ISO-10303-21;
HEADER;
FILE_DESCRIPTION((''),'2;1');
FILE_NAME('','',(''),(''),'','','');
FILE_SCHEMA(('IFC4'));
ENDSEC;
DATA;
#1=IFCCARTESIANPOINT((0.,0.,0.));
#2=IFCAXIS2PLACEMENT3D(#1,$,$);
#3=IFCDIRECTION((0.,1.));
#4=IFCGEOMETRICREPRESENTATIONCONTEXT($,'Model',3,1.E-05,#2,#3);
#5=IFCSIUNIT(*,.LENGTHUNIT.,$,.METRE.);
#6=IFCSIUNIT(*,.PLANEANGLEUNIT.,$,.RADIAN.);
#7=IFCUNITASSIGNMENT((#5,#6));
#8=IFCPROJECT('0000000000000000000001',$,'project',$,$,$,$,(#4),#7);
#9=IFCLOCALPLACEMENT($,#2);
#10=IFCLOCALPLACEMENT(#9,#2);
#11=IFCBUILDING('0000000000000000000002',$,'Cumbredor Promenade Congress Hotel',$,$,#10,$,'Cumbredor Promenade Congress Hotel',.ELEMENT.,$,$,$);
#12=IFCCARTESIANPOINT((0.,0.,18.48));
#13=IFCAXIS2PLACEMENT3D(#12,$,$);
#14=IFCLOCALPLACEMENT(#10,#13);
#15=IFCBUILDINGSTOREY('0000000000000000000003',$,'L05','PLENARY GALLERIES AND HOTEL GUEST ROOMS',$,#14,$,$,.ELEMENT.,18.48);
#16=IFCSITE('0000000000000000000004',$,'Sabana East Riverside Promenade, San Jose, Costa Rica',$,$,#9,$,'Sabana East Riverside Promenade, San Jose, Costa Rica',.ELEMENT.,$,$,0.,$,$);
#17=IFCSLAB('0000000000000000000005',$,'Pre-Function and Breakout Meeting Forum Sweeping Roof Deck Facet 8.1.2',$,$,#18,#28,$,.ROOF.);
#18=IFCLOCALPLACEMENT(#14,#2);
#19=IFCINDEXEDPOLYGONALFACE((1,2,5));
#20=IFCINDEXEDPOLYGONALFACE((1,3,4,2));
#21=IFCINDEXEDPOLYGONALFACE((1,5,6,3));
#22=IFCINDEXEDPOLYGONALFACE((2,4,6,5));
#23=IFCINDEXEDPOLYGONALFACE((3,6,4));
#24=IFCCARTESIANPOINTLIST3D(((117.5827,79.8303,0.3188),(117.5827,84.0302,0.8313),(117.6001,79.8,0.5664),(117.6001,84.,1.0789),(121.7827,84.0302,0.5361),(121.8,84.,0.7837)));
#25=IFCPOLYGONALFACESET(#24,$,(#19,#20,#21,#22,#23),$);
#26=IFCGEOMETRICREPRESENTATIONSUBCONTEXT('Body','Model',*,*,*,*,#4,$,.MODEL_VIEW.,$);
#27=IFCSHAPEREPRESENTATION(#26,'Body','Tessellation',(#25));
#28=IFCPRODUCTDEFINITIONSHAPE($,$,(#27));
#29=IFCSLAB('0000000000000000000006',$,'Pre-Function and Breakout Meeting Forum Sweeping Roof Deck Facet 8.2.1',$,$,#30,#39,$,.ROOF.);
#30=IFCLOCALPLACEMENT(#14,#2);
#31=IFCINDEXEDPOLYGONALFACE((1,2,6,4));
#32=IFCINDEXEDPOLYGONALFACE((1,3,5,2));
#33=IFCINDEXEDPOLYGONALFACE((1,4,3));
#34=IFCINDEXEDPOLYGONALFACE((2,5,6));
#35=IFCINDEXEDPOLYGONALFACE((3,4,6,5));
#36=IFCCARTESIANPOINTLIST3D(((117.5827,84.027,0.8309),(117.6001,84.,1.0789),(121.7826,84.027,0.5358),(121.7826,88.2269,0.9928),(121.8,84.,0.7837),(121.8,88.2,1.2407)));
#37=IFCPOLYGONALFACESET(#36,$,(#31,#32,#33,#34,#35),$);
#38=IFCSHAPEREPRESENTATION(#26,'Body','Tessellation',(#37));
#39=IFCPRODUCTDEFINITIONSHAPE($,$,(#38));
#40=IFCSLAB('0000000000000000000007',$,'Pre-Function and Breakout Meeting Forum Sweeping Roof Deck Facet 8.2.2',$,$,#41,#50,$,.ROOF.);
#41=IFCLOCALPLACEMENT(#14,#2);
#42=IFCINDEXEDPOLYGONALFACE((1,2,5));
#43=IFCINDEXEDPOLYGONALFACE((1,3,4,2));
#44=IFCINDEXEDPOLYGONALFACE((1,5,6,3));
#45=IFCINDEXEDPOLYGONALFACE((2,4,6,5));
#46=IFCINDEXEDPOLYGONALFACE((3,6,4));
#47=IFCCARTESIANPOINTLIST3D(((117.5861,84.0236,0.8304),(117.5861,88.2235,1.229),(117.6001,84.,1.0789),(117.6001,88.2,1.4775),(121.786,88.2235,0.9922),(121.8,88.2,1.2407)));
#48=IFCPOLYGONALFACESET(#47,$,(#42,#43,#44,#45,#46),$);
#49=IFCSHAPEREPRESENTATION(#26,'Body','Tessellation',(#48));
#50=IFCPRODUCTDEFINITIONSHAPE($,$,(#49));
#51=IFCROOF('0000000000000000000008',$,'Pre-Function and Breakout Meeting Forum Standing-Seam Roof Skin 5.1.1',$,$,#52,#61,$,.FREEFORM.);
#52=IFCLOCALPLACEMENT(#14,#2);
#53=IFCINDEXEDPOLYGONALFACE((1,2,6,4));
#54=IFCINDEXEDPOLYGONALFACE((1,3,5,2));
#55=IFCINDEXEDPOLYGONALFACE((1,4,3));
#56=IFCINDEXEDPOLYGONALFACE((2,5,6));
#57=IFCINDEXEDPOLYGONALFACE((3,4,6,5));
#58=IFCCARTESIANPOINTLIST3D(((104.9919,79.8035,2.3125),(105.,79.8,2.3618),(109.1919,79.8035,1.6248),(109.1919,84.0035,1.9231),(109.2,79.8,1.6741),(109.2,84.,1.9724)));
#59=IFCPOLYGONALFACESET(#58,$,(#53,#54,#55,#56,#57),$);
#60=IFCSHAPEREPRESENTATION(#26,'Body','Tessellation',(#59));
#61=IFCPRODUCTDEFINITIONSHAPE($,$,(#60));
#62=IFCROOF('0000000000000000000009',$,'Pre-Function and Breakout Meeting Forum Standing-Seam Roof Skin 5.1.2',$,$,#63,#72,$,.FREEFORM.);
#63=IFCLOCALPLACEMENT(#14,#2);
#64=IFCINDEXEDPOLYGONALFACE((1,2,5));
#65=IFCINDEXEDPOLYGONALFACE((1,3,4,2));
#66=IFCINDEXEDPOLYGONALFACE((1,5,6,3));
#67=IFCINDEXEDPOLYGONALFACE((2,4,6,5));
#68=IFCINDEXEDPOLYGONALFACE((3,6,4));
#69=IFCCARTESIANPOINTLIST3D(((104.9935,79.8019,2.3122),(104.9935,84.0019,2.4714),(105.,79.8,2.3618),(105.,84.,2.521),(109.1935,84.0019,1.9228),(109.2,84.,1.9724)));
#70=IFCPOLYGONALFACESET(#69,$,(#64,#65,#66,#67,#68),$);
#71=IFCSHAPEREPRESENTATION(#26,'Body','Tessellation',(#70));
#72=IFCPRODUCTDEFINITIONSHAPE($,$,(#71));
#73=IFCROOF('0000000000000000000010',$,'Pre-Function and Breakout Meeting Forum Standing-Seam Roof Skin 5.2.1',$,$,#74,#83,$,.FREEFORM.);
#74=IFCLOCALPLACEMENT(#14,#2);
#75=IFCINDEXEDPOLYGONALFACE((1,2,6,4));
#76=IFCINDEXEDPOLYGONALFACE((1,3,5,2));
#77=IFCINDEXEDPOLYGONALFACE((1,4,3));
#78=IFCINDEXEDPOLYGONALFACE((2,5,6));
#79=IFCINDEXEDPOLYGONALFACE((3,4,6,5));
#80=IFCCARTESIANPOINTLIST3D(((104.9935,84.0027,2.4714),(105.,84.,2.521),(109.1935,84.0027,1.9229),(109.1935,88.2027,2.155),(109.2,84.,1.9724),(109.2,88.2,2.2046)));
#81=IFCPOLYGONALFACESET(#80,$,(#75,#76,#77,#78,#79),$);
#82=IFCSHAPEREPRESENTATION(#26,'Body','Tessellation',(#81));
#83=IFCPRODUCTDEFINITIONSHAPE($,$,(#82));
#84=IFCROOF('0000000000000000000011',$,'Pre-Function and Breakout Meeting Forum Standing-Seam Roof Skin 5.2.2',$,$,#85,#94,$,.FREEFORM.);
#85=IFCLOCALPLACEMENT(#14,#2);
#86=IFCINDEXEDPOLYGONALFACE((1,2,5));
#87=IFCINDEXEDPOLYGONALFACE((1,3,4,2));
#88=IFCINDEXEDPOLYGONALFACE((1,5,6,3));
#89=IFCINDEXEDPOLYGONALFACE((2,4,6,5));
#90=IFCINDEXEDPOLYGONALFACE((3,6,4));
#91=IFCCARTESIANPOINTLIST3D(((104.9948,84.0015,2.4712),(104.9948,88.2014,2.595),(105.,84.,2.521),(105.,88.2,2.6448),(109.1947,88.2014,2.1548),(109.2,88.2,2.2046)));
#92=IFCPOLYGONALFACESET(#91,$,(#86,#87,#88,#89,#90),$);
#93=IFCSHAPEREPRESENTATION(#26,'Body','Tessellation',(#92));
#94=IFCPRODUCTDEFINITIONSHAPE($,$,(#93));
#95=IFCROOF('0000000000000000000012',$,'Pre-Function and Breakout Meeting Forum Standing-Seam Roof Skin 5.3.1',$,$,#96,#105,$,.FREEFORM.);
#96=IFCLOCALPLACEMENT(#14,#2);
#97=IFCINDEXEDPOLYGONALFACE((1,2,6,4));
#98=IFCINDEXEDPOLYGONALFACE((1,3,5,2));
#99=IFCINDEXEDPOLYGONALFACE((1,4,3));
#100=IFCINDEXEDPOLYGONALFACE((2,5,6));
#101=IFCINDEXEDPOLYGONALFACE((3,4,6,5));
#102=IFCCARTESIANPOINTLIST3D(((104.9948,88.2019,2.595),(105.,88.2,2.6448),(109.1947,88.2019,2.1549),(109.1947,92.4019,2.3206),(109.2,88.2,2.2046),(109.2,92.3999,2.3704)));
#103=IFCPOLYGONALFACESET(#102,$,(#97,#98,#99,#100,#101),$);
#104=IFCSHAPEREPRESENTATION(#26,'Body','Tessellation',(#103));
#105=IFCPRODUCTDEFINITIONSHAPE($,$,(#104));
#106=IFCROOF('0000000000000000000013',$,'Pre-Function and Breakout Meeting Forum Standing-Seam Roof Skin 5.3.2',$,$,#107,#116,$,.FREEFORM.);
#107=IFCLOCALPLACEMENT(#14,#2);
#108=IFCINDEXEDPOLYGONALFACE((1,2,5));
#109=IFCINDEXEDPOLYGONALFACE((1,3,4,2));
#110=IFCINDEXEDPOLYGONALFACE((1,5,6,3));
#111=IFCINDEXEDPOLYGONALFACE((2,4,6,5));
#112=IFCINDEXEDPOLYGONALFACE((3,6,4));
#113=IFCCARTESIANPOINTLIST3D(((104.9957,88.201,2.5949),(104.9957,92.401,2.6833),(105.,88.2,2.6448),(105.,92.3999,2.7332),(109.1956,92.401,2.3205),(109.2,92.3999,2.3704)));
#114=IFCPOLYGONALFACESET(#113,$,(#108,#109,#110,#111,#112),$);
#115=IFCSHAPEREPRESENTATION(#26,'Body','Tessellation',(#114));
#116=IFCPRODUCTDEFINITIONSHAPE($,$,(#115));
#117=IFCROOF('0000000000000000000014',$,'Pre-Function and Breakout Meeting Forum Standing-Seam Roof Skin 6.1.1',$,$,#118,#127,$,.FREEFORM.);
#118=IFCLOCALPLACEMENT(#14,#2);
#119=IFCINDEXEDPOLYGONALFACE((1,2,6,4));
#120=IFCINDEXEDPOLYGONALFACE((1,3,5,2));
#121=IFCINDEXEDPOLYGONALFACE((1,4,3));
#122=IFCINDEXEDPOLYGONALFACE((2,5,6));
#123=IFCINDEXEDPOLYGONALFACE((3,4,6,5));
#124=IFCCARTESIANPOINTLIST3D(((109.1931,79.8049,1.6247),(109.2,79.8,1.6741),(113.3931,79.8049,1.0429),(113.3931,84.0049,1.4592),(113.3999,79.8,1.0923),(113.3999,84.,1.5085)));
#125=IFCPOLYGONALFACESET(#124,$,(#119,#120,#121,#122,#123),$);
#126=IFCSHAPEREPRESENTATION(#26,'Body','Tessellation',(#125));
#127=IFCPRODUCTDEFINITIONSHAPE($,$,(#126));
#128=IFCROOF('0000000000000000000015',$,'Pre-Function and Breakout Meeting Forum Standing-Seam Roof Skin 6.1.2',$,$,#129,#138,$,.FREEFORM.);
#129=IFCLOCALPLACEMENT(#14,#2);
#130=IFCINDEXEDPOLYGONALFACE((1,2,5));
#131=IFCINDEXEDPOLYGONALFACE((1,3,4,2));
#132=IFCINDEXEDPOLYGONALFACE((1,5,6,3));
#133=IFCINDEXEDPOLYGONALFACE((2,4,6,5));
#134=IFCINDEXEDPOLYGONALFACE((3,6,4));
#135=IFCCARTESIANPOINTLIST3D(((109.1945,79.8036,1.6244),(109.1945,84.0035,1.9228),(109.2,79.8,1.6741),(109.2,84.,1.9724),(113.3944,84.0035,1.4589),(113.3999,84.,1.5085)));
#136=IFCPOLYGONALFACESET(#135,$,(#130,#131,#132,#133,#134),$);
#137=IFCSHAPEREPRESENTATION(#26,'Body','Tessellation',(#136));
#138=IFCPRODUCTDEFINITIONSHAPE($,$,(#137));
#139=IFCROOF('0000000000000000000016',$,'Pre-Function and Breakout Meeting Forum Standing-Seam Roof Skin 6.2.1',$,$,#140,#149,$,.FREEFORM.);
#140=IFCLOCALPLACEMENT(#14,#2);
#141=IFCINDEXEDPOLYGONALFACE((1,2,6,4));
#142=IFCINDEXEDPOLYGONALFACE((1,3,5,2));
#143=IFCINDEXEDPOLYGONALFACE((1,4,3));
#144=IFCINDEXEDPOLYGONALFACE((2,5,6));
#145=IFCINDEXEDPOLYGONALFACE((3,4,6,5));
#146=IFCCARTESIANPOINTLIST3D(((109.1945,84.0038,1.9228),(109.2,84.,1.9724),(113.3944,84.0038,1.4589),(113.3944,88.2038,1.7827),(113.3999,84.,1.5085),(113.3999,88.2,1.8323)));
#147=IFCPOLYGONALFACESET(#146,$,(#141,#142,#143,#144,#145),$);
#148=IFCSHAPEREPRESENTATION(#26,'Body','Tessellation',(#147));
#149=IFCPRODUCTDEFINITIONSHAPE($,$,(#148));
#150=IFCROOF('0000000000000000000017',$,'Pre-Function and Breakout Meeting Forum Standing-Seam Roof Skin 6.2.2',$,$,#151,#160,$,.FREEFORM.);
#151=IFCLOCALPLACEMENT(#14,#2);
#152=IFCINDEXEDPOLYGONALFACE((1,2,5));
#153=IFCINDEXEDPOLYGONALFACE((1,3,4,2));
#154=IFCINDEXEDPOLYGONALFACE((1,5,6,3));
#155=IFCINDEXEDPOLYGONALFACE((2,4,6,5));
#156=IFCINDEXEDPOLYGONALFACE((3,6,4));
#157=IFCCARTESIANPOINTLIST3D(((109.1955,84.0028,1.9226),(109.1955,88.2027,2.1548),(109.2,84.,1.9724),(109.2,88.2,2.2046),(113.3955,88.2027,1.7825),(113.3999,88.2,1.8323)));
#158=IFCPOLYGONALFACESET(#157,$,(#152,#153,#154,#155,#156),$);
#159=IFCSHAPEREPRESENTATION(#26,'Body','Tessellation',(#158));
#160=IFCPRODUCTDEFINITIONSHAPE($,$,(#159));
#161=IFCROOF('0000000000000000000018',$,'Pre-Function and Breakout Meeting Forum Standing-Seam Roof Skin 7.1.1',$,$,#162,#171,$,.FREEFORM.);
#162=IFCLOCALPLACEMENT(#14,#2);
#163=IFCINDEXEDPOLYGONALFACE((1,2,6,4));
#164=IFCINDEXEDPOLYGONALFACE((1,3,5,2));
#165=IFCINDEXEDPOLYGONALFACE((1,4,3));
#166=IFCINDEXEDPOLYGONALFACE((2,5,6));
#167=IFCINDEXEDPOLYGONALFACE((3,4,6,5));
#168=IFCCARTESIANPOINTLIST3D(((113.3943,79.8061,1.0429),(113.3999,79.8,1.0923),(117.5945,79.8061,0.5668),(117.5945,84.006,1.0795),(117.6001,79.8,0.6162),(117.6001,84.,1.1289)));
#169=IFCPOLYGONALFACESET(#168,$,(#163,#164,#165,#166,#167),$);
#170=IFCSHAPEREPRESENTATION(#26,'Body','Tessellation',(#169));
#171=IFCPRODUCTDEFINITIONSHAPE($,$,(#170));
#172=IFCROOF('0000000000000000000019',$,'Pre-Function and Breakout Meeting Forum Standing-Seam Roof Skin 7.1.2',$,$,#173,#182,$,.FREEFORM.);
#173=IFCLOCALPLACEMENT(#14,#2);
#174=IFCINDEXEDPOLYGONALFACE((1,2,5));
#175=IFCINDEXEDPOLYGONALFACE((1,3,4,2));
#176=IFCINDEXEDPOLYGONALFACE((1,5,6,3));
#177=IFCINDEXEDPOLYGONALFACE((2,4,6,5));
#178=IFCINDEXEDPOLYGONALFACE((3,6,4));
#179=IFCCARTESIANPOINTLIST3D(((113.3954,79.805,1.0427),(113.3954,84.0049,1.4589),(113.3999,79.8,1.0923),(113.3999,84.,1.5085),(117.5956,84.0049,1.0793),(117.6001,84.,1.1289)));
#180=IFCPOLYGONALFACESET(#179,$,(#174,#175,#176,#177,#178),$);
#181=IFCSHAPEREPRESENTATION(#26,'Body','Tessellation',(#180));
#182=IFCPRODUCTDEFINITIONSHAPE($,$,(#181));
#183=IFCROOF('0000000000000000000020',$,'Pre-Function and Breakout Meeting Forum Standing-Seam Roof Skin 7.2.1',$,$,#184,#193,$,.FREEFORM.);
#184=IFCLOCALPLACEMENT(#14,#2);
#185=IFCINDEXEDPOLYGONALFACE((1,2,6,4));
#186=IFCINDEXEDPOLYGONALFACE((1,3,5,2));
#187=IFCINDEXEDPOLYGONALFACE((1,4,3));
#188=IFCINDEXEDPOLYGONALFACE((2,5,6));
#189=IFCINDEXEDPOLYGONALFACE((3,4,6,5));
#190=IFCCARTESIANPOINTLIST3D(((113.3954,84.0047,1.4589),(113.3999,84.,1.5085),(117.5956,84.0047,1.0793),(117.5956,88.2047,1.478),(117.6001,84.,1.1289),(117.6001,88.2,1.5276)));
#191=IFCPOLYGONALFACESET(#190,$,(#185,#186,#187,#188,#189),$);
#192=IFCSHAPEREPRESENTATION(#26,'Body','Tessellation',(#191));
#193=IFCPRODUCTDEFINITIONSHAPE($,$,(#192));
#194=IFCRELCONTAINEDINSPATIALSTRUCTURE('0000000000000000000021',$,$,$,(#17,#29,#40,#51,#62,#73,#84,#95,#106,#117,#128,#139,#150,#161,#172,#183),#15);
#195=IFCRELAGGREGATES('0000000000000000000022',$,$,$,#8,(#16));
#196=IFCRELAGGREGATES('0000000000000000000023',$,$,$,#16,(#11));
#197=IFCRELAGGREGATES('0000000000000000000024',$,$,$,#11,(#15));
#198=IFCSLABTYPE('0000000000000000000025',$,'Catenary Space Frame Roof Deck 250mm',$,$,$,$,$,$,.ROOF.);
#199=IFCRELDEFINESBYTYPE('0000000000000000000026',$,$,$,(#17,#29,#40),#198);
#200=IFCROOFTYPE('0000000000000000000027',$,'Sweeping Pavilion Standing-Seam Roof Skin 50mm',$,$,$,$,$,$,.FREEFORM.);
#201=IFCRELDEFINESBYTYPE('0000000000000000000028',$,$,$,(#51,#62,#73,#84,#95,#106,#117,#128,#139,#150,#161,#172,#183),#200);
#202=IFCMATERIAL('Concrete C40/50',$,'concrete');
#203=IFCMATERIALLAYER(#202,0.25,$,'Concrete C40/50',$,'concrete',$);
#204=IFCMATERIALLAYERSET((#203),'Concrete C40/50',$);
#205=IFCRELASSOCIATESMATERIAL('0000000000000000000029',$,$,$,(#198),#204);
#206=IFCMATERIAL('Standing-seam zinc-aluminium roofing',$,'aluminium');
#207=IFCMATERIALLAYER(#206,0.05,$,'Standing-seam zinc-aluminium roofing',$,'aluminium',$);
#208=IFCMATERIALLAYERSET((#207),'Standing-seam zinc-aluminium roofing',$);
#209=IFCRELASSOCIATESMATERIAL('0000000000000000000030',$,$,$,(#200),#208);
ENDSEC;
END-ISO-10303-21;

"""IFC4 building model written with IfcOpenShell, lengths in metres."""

from ifc_helpers import new_model, si_unit, direction, frame, origin, place, context, subcontext, project, spatial, polyline, outline, extrude, material, layer, layer_set, type_object, element, save


model = new_model("IFC4")

# Units and contexts
model_context = context("Model", 3, precision=1e-05, world=origin(), true_north=direction((0.0, 1.0)))
body_context = subcontext(model_context, "Body", "Model", "MODEL_VIEW")
ifc_project = project(units=[si_unit("LENGTHUNIT", "METRE"), si_unit("PLANEANGLEUNIT", "RADIAN")], contexts=[model_context])

# Site, building, storey
site_placement = place(None, origin())
site = spatial("IfcSite", under=ifc_project, at=site_placement, Name="Sabana East Riverside Promenade, San Jose, Costa Rica", LongName="Sabana East Riverside Promenade, San Jose, Costa Rica", CompositionType="ELEMENT", RefElevation=0.0)
building_placement = place(site_placement, origin())
building = spatial("IfcBuilding", under=site, at=building_placement, Name="Cumbredor Promenade Congress Hotel", LongName="Cumbredor Promenade Congress Hotel", CompositionType="ELEMENT")
storey_placement = place(building_placement, frame((0.0, 0.0, 18.48)))
storey = spatial("IfcBuildingStorey", under=building, at=storey_placement, Name="L05", Description="PLENARY GALLERIES AND HOTEL GUEST ROOMS", CompositionType="ELEMENT", Elevation=18.48)

# Slabs
ifc_material_1 = material(Name="Concrete C40/50", Category="concrete")
ifc_layer_1 = layer(ifc_material_1, 0.25, Name="Concrete C40/50", Category="concrete")
ifc_layer_set_1 = layer_set([ifc_layer_1], Name="Concrete C40/50")
slab_type = type_object("IfcSlabType", Name="Catenary Space Frame Roof Deck 250mm", PredefinedType="ROOF", material=ifc_layer_set_1)
slab_1_placement = place(storey_placement, frame((117.6001, 79.8, 0.5664), z_axis=(0.069592, -0.120822, 0.990232), x_axis=(0.706634, 0.706634, 0.036558)))
element("IfcSlab", 1, at=slab_1_placement, inside=storey, type_object=slab_type, Name="Pre-Function and Breakout Meeting Forum Sweeping Roof Deck Facet 8.1.2", PredefinedType="ROOF", context=body_context, shape_type="SweptSolid", body=[
    extrude(outline(polyline([(0.0, 0.0), (5.9436, 0.0), (2.9866, 2.9971), (0.0, 0.0)])), origin(), (0.0, 0.0, -1.0), 0.25),
])
slab_2_placement = place(storey_placement, frame((117.6001, 84.0, 1.0789), z_axis=(0.069696, -0.107917, 0.991714), x_axis=(0.99754, 0.0, -0.070106)))
element("IfcSlab", 2, at=slab_2_placement, inside=storey, type_object=slab_type, Name="Pre-Function and Breakout Meeting Forum Sweeping Roof Deck Facet 8.2.1", PredefinedType="ROOF", context=body_context, shape_type="SweptSolid", body=[
    extrude(outline(polyline([(0.0, 0.0), (4.2103, 0.0), (4.1783, 4.2246), (0.0, 0.0)])), origin(), (0.0, 0.0, -1.0), 0.25),
])
slab_3_placement = place(storey_placement, frame((117.6001, 84.0, 1.0789), z_axis=(0.056045, -0.094352, 0.99396), x_axis=(0.706844, 0.706844, 0.027242)))
element("IfcSlab", 3, at=slab_3_placement, inside=storey, type_object=slab_type, Name="Pre-Function and Breakout Meeting Forum Sweeping Roof Deck Facet 8.2.2", PredefinedType="ROOF", context=body_context, shape_type="SweptSolid", body=[
    extrude(outline(polyline([(0.0, 0.0), (5.9418, 0.0), (2.9796, 2.9868), (0.0, 0.0)])), origin(), (0.0, 0.0, -1.0), 0.25),
])

# Roofs
ifc_material_2 = material(Name="Standing-seam zinc-aluminium roofing", Category="aluminium")
ifc_layer_2 = layer(ifc_material_2, 0.05, Name="Standing-seam zinc-aluminium roofing", Category="aluminium")
ifc_layer_set_2 = layer_set([ifc_layer_2], Name="Standing-seam zinc-aluminium roofing")
roof_type = type_object("IfcRoofType", Name="Sweeping Pavilion Standing-Seam Roof Skin 50mm", PredefinedType="FREEFORM", material=ifc_layer_set_2)
roof_1_placement = place(storey_placement, frame((105.0, 79.8, 2.3618), z_axis=(0.161203, -0.069929, 0.984441), x_axis=(0.986857, 0.0, -0.161598)))
element("IfcRoof", 4, at=roof_1_placement, inside=storey, type_object=roof_type, Name="Pre-Function and Breakout Meeting Forum Standing-Seam Roof Skin 5.1.1", PredefinedType="FREEFORM", context=body_context, shape_type="SweptSolid", body=[
    extrude(outline(polyline([(0.0, 0.0), (4.2559, 0.0), (4.2077, 4.2103), (0.0, 0.0)])), origin(), (0.0, 0.0, -1.0), 0.05),
])
roof_2_placement = place(storey_placement, frame((105.0, 79.8, 2.3618), z_axis=(0.129425, -0.037555, 0.990878), x_axis=(0.705592, 0.705592, -0.06542)))
element("IfcRoof", 5, at=roof_2_placement, inside=storey, type_object=roof_type, Name="Pre-Function and Breakout Meeting Forum Standing-Seam Roof Skin 5.1.2", PredefinedType="FREEFORM", context=body_context, shape_type="SweptSolid", body=[
    extrude(outline(polyline([(0.0, 0.0), (5.9524, 0.0), (2.953, 2.9907), (0.0, 0.0)])), origin(), (0.0, 0.0, -1.0), 0.05),
])
roof_3_placement = place(storey_placement, frame((105.0, 84.0, 2.521), z_axis=(0.129322, -0.054733, 0.990091), x_axis=(0.991577, 0.0, -0.129517)))
element("IfcRoof", 6, at=roof_3_placement, inside=storey, type_object=roof_type, Name="Pre-Function and Breakout Meeting Forum Standing-Seam Roof Skin 5.2.1", PredefinedType="FREEFORM", context=body_context, shape_type="SweptSolid", body=[
    extrude(outline(polyline([(0.0, 0.0), (4.2356, 0.0), (4.2056, 4.2063), (0.0, 0.0)])), origin(), (0.0, 0.0, -1.0), 0.05),
])
roof_4_placement = place(storey_placement, frame((105.0, 84.0, 2.521), z_axis=(0.104192, -0.029298, 0.994126), x_axis=(0.706106, 0.706106, -0.053195)))
element("IfcRoof", 7, at=roof_4_placement, inside=storey, type_object=roof_type, Name="Pre-Function and Breakout Meeting Forum Standing-Seam Roof Skin 5.2.2", PredefinedType="FREEFORM", context=body_context, shape_type="SweptSolid", body=[
    extrude(outline(polyline([(0.0, 0.0), (5.948, 0.0), (2.959, 2.9831), (0.0, 0.0)])), origin(), (0.0, 0.0, -1.0), 0.05),
])
roof_5_placement = place(storey_placement, frame((105.0, 88.2, 2.6448), z_axis=(0.104156, -0.039225, 0.993787), x_axis=(0.994553, 0.0, -0.104236)))
element("IfcRoof", 8, at=roof_5_placement, inside=storey, type_object=roof_type, Name="Pre-Function and Breakout Meeting Forum Standing-Seam Roof Skin 5.3.1", PredefinedType="FREEFORM", context=body_context, shape_type="SweptSolid", body=[
    extrude(outline(polyline([(0.0, 0.0), (4.223, 0.0), (4.2057, 4.2032), (0.0, 0.0)])), origin(), (0.0, 0.0, -1.0), 0.05),
])
roof_6_placement = place(storey_placement, frame((105.0, 88.2, 2.6448), z_axis=(0.086041, -0.02096, 0.996071), x_axis=(0.706353, 0.706353, -0.046151)))
element("IfcRoof", 9, at=roof_6_placement, inside=storey, type_object=roof_type, Name="Pre-Function and Breakout Meeting Forum Standing-Seam Roof Skin 5.3.2", PredefinedType="FREEFORM", context=body_context, shape_type="SweptSolid", body=[
    extrude(outline(polyline([(0.0, 0.0), (5.946, 0.0), (2.9626, 2.9784), (0.0, 0.0)])), origin(), (0.0, 0.0, -1.0), 0.05),
])
roof_7_placement = place(storey_placement, frame((109.2, 79.8, 1.6741), z_axis=(0.136556, -0.097703, 0.985803), x_axis=(0.990542, 0.0, -0.137212)))
element("IfcRoof", 10, at=roof_7_placement, inside=storey, type_object=roof_type, Name="Pre-Function and Breakout Meeting Forum Standing-Seam Roof Skin 6.1.1", PredefinedType="FREEFORM", context=body_context, shape_type="SweptSolid", body=[
    extrude(outline(polyline([(0.0, 0.0), (4.2401, 0.0), (4.1829, 4.2201), (0.0, 0.0)])), origin(), (0.0, 0.0, -1.0), 0.05),
])
roof_8_placement = place(storey_placement, frame((109.2, 79.8, 1.6741), z_axis=(0.109506, -0.070429, 0.991488), x_axis=(0.706832, 0.706832, -0.027857)))
element("IfcRoof", 11, at=roof_8_placement, inside=storey, type_object=roof_type, Name="Pre-Function and Breakout Meeting Forum Standing-Seam Roof Skin 6.1.2", PredefinedType="FREEFORM", context=body_context, shape_type="SweptSolid", body=[
    extrude(outline(polyline([(0.0, 0.0), (5.9419, 0.0), (2.9604, 2.9941), (0.0, 0.0)])), origin(), (0.0, 0.0, -1.0), 0.05),
])
roof_9_placement = place(storey_placement, frame((109.2, 84.0, 1.9724), z_axis=(0.109458, -0.07639, 0.991052), x_axis=(0.993956, 0.0, -0.109778)))
element("IfcRoof", 12, at=roof_9_placement, inside=storey, type_object=roof_type, Name="Pre-Function and Breakout Meeting Forum Standing-Seam Roof Skin 6.2.1", PredefinedType="FREEFORM", context=body_context, shape_type="SweptSolid", body=[
    extrude(outline(polyline([(0.0, 0.0), (4.2255, 0.0), (4.19, 4.2123), (0.0, 0.0)])), origin(), (0.0, 0.0, -1.0), 0.05),
])
roof_10_placement = place(storey_placement, frame((109.2, 84.0, 1.9724), z_axis=(0.088167, -0.054982, 0.994587), x_axis=(0.70691, 0.70691, -0.023587)))
element("IfcRoof", 13, at=roof_10_placement, inside=storey, type_object=roof_type, Name="Pre-Function and Breakout Meeting Forum Standing-Seam Roof Skin 6.2.2", PredefinedType="FREEFORM", context=body_context, shape_type="SweptSolid", body=[
    extrude(outline(polyline([(0.0, 0.0), (5.9413, 0.0), (2.9635, 2.9851), (0.0, 0.0)])), origin(), (0.0, 0.0, -1.0), 0.05),
])
roof_11_placement = place(storey_placement, frame((113.3999, 79.8, 1.0923), z_axis=(0.111805, -0.120413, 0.986408), x_axis=(0.993638, 0.0, -0.112625)))
element("IfcRoof", 14, at=roof_11_placement, inside=storey, type_object=roof_type, Name="Pre-Function and Breakout Meeting Forum Standing-Seam Roof Skin 7.1.1", PredefinedType="FREEFORM", context=body_context, shape_type="SweptSolid", body=[
    extrude(outline(polyline([(0.0, 0.0), (4.2271, 0.0), (4.1693, 4.2307), (0.0, 0.0)])), origin(), (0.0, 0.0, -1.0), 0.05),
])
roof_12_placement = place(storey_placement, frame((113.3999, 79.8, 1.0923), z_axis=(0.089584, -0.098231, 0.991123), x_axis=(0.707114, 0.707073, 0.006165)))
element("IfcRoof", 15, at=roof_12_placement, inside=storey, type_object=roof_type, Name="Pre-Function and Breakout Meeting Forum Standing-Seam Roof Skin 7.1.2", PredefinedType="FREEFORM", context=body_context, shape_type="SweptSolid", body=[
    extrude(outline(polyline([(0.0, 0.0), (5.9399, 0.0), (2.9722, 2.9964), (0.0, 0.0)])), origin(), (0.0, 0.0, -1.0), 0.05),
])
roof_13_placement = place(storey_placement, frame((113.3999, 84.0, 1.5085), z_axis=(0.089619, -0.09412, 0.991519), x_axis=(0.99594, 0.0, -0.090019)))
element("IfcRoof", 16, at=roof_13_placement, inside=storey, type_object=roof_type, Name="Pre-Function and Breakout Meeting Forum Standing-Seam Roof Skin 7.2.1", PredefinedType="FREEFORM", context=body_context, shape_type="SweptSolid", body=[
    extrude(outline(polyline([(0.0, 0.0), (4.2173, 0.0), (4.1814, 4.2187), (0.0, 0.0)])), origin(), (0.0, 0.0, -1.0), 0.05),
])

save(model, "model.ifc")
